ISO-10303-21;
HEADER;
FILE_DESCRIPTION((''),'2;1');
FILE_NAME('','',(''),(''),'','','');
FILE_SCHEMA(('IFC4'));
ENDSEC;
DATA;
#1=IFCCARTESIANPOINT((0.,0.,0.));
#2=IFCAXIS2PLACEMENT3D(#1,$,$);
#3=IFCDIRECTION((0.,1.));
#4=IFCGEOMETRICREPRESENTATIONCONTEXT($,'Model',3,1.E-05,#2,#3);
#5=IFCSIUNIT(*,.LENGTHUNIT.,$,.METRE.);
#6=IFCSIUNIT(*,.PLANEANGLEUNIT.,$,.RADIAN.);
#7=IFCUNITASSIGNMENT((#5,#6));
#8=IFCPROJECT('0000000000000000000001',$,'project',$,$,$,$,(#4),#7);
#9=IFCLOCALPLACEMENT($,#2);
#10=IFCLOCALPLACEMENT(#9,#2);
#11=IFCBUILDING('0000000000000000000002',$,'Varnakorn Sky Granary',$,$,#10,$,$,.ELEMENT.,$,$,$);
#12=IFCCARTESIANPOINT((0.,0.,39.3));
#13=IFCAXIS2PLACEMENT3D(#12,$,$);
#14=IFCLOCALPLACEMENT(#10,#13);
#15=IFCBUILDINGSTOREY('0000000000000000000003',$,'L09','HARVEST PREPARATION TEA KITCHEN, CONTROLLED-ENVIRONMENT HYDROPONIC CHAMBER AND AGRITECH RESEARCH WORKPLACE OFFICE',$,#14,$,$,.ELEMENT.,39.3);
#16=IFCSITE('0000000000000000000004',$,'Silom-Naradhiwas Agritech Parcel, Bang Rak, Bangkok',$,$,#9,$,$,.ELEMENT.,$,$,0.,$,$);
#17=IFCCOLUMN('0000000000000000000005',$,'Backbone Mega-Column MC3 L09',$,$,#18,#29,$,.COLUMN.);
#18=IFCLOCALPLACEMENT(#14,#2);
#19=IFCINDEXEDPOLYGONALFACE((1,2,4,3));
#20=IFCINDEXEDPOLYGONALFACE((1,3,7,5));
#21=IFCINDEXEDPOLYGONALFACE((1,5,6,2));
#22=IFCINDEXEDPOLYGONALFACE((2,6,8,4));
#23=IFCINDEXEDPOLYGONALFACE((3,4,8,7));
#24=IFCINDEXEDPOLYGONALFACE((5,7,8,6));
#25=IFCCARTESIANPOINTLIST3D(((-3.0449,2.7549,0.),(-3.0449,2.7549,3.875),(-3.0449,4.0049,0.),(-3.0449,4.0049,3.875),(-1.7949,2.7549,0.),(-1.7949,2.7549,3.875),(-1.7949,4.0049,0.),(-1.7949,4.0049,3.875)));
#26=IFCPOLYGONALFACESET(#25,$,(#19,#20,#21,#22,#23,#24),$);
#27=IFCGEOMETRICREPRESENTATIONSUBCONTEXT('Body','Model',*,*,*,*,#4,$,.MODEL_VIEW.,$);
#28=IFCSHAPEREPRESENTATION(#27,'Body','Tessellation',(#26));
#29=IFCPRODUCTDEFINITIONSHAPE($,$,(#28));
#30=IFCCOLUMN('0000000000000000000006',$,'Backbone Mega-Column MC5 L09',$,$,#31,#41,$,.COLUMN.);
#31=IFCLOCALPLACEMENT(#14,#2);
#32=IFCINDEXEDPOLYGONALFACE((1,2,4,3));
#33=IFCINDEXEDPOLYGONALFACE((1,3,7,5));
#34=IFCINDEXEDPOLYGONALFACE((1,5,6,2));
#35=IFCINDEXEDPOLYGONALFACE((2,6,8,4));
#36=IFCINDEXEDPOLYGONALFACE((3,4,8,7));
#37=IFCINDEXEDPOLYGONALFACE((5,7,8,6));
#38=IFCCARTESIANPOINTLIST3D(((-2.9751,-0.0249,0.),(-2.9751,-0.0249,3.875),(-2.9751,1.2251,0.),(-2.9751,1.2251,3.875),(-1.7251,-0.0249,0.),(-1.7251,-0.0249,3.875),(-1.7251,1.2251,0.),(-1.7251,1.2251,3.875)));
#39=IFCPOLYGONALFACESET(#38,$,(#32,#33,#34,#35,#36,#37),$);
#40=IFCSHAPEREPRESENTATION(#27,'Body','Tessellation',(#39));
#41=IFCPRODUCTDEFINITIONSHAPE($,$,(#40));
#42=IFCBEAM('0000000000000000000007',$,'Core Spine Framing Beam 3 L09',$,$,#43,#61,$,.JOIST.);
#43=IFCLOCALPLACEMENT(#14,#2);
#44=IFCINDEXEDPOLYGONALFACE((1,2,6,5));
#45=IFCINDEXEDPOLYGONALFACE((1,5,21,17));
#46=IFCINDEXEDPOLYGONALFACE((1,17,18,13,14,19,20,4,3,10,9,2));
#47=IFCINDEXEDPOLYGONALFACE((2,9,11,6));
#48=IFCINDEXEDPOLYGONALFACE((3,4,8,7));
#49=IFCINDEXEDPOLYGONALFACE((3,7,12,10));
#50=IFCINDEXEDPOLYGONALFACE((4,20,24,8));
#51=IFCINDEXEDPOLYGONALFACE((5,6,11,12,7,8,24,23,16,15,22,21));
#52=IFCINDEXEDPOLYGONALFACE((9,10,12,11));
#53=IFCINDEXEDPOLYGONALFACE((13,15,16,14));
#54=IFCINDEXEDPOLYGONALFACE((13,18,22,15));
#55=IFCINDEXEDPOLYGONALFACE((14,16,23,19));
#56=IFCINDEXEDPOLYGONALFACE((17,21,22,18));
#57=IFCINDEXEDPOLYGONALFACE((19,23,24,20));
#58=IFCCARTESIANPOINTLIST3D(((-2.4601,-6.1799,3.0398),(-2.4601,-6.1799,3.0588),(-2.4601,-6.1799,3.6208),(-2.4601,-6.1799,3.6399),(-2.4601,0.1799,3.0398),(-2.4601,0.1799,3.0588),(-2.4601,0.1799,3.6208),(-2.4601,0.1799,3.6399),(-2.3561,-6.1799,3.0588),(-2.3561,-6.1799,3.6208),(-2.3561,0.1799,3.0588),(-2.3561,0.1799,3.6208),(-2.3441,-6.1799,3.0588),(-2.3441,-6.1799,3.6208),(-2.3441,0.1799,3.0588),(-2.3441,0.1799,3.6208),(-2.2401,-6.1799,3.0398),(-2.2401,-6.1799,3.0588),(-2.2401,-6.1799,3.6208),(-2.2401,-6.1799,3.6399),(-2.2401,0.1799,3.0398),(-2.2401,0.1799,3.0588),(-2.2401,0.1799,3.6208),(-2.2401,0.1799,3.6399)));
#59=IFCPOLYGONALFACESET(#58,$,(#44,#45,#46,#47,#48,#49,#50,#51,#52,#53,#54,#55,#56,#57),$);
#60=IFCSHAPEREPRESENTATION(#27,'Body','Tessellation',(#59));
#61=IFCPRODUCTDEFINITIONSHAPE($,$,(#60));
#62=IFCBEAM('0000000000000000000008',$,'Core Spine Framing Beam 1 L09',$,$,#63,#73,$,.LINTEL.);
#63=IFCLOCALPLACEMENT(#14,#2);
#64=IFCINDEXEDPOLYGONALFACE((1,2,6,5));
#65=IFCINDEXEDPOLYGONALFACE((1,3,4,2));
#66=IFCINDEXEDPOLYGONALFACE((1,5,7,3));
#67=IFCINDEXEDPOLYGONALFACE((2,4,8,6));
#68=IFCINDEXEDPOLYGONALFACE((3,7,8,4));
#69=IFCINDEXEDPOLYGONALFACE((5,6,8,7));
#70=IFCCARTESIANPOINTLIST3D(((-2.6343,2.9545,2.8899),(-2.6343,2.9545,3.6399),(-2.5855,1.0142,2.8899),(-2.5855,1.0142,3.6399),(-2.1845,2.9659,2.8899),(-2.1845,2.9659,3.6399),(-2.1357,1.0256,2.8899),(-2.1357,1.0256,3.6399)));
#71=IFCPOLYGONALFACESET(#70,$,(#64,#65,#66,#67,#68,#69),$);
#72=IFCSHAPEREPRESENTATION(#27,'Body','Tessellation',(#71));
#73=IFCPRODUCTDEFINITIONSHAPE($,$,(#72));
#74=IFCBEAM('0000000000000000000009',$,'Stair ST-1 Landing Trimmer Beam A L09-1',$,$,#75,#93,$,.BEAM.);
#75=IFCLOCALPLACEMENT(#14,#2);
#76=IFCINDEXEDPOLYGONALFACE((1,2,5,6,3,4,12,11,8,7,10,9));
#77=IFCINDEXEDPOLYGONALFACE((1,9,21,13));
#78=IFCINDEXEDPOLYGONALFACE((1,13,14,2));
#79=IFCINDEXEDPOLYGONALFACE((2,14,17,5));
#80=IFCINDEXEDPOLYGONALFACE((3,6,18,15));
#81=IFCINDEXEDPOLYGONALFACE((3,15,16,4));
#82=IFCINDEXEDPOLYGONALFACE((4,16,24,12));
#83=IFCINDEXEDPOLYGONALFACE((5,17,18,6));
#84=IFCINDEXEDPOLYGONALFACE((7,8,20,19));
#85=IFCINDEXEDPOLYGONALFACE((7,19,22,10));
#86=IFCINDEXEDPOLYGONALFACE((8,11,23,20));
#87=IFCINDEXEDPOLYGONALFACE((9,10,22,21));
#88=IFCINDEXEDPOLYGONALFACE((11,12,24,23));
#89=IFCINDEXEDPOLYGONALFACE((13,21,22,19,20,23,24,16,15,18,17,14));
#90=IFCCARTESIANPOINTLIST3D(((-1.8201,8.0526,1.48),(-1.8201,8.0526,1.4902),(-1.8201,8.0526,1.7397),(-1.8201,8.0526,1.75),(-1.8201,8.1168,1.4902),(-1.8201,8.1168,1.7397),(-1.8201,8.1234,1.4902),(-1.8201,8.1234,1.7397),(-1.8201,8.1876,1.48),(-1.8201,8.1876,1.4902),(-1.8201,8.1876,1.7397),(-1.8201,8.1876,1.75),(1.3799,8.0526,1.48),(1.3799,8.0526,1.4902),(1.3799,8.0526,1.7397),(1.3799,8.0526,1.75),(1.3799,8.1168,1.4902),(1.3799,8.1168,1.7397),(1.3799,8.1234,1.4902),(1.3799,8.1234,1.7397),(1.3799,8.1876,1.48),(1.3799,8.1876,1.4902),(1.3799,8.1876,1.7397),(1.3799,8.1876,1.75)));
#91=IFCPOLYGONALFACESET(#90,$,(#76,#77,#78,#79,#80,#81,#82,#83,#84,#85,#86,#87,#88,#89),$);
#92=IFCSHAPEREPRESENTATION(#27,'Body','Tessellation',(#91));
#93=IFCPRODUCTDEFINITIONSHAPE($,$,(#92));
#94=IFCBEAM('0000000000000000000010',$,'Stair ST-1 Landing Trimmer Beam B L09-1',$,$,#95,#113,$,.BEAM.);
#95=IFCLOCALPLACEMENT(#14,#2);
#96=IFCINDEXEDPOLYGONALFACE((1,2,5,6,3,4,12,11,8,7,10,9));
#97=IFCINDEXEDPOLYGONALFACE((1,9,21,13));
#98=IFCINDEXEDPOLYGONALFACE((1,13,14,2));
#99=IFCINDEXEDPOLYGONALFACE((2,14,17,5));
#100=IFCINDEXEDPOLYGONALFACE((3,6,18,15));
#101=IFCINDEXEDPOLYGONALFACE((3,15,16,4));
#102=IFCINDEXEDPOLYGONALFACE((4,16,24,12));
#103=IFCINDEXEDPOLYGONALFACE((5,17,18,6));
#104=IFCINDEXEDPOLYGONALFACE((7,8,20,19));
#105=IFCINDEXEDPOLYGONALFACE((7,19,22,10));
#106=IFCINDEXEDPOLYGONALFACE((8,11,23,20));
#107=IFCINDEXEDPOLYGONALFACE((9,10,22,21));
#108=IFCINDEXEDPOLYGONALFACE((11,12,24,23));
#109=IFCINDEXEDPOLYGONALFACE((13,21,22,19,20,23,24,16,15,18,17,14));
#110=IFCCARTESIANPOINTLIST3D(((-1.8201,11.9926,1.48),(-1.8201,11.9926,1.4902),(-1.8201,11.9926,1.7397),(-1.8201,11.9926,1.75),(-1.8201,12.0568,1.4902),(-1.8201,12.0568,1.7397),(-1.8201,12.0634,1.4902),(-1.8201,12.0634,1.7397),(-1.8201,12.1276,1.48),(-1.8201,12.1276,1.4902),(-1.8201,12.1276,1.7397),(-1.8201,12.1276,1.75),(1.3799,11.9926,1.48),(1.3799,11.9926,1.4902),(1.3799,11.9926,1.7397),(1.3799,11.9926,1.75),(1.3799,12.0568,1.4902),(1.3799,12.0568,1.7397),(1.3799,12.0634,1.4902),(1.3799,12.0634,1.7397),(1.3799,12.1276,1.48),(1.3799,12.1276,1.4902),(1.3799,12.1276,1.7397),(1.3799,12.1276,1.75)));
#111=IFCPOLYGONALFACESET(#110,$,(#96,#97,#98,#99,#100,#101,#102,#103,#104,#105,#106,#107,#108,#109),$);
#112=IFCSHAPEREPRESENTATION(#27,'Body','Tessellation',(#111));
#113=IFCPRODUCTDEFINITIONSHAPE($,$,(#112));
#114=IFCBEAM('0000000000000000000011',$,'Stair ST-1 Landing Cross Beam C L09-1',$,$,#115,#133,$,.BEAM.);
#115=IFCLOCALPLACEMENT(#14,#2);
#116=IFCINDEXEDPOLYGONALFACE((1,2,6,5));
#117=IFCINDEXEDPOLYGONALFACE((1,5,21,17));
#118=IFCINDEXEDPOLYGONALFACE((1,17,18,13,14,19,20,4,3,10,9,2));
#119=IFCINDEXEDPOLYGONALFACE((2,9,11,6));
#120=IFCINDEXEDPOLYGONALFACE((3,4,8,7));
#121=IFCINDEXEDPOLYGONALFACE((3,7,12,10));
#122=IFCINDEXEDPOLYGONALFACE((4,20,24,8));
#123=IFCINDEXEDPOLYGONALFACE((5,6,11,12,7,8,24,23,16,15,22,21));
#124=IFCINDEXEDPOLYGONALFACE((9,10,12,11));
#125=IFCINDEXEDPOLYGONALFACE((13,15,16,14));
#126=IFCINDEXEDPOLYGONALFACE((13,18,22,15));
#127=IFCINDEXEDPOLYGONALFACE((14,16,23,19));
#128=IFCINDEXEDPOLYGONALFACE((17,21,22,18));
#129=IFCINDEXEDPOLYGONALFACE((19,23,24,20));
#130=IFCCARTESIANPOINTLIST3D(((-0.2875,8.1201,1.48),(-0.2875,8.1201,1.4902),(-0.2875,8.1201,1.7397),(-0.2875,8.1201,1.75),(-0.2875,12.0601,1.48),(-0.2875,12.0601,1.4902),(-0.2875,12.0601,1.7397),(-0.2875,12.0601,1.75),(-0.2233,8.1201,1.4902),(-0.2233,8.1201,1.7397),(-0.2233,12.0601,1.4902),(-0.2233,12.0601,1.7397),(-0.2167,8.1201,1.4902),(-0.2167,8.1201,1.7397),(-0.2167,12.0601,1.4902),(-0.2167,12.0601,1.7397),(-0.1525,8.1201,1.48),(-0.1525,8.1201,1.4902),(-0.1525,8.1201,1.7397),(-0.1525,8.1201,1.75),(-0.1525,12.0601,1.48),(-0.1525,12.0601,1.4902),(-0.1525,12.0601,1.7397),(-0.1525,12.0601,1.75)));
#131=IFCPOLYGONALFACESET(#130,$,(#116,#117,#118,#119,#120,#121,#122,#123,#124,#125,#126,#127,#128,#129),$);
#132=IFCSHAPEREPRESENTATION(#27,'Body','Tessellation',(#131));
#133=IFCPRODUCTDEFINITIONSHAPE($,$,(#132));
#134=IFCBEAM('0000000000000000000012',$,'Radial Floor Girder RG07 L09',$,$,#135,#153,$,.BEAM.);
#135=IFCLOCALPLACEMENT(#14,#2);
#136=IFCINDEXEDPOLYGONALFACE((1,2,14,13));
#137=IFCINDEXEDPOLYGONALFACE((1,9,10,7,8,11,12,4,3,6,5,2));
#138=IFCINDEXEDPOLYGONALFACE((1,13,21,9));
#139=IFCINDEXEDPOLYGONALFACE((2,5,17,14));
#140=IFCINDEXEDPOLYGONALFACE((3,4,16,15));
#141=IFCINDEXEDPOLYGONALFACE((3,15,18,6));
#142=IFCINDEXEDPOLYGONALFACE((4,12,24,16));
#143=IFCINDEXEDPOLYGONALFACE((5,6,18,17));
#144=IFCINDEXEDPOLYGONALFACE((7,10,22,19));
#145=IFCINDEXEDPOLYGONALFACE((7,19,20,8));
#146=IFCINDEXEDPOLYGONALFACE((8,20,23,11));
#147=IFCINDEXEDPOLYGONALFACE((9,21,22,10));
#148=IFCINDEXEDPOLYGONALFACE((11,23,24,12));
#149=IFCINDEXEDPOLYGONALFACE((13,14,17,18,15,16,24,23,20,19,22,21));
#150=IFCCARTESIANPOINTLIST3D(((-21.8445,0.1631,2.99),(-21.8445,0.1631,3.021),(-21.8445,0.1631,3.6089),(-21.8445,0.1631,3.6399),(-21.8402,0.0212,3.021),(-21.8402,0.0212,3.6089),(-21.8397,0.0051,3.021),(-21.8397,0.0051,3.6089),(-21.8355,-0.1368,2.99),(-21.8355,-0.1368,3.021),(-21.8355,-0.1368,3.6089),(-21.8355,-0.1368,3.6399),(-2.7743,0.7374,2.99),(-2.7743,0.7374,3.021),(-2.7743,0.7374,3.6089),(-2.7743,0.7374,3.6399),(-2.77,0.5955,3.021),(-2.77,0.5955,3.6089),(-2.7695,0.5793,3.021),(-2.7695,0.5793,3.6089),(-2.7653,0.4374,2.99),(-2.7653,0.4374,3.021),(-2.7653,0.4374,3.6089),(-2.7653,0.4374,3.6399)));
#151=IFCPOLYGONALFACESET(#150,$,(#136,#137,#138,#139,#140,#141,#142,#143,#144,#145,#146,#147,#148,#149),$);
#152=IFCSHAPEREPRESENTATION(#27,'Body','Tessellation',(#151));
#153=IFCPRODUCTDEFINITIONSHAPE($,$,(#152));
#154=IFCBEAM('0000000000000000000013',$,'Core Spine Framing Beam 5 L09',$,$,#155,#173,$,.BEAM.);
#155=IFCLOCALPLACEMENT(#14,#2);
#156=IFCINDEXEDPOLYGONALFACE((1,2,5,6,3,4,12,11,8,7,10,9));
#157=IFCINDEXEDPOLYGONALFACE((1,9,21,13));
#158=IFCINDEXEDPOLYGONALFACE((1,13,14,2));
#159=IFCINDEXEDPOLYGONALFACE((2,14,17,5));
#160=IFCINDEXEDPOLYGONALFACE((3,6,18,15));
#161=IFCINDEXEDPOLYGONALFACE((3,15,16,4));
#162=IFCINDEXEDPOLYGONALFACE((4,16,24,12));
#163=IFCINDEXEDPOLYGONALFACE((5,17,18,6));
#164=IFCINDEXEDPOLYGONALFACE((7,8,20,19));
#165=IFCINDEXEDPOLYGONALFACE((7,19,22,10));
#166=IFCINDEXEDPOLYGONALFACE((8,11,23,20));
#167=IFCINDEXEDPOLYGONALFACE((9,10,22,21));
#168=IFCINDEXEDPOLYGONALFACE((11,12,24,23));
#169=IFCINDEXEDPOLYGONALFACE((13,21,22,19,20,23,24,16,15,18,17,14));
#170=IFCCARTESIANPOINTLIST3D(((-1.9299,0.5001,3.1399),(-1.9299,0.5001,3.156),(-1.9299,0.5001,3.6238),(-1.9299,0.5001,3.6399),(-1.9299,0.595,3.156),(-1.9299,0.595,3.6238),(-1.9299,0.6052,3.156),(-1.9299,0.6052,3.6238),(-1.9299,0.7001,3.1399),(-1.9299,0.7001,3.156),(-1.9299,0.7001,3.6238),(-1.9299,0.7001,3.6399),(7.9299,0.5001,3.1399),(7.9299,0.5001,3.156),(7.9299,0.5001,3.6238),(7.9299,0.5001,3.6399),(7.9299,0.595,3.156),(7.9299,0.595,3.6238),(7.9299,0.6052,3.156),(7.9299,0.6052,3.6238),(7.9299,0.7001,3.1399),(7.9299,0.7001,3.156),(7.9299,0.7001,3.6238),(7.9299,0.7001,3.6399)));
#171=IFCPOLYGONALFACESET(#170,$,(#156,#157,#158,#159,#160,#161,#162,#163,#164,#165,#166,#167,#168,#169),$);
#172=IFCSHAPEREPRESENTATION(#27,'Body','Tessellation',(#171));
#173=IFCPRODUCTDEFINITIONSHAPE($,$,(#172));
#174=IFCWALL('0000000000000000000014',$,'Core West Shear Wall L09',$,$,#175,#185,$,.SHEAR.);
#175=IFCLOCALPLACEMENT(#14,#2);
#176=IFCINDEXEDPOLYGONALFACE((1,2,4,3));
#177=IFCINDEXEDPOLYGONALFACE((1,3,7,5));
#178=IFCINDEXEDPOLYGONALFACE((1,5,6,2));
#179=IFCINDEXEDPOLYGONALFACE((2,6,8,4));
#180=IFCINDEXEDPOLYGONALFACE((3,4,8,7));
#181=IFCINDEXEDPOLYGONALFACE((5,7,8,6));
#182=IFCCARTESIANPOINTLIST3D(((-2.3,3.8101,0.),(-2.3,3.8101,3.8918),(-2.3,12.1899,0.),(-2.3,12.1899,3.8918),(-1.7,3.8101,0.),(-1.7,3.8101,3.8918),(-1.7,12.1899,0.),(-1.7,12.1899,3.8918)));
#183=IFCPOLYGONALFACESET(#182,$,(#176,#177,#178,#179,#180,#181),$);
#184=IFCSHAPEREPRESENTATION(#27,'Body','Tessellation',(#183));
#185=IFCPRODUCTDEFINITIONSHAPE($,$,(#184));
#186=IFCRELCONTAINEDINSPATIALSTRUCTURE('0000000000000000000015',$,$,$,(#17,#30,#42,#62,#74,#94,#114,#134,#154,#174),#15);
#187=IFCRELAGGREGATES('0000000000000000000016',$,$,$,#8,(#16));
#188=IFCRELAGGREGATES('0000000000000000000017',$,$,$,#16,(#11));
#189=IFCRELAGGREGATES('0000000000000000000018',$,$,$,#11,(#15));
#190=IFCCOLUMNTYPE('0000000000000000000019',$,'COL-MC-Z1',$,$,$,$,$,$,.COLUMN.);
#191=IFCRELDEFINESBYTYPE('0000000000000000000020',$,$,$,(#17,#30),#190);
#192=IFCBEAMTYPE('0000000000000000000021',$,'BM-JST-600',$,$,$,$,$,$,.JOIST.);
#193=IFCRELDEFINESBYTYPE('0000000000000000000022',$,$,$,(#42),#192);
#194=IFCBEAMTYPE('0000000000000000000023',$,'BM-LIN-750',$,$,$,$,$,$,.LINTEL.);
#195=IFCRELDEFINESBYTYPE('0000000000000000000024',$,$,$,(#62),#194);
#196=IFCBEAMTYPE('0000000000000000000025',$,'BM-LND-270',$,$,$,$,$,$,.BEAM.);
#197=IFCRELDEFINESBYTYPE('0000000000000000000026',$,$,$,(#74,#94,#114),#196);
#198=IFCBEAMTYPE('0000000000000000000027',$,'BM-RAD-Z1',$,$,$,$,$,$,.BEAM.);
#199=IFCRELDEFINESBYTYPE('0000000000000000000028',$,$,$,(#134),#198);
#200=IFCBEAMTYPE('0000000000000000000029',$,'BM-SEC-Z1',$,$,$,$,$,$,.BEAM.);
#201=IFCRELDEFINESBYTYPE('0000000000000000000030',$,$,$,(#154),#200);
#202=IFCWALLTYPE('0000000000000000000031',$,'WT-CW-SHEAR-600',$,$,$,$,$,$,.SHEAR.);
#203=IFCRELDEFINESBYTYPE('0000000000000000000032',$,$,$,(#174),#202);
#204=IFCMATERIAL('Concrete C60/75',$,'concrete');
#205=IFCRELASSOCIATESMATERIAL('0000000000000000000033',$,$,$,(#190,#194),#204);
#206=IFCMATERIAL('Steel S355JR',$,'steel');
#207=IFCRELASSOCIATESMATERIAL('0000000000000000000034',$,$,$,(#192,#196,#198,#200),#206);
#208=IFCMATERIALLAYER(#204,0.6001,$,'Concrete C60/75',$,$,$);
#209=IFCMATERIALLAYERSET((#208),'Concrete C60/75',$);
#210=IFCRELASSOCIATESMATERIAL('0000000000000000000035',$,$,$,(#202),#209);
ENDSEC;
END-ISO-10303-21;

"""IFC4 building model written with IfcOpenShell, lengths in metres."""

from ifc_helpers import new_model, si_unit, direction, frame, frame_2d, origin, origin_2d, place, context, subcontext, project, spatial, rectangle, i_section, extrude, material, layer, layer_set, material_profile, profile_set, type_object, element, save


model = new_model("IFC4")

# Units and contexts
model_context = context("Model", 3, precision=1e-05, world=origin(), true_north=direction((0.0, 1.0)))
body_context = subcontext(model_context, "Body", "Model", "MODEL_VIEW")
ifc_project = project(units=[si_unit("LENGTHUNIT", "METRE"), si_unit("PLANEANGLEUNIT", "RADIAN")], contexts=[model_context])

# Site, building, storey
site_placement = place(None, origin())
site = spatial("IfcSite", under=ifc_project, at=site_placement, Name="Silom-Naradhiwas Agritech Parcel, Bang Rak, Bangkok", CompositionType="ELEMENT", RefElevation=0.0)
building_placement = place(site_placement, origin())
building = spatial("IfcBuilding", under=site, at=building_placement, Name="Varnakorn Sky Granary", CompositionType="ELEMENT")
storey_placement = place(building_placement, frame((0.0, 0.0, 39.3)))
storey = spatial("IfcBuildingStorey", under=building, at=storey_placement, Name="L09", Description="HARVEST PREPARATION TEA KITCHEN, CONTROLLED-ENVIRONMENT HYDROPONIC CHAMBER AND AGRITECH RESEARCH WORKPLACE OFFICE", CompositionType="ELEMENT", Elevation=39.3)

# Columns
ifc_material_1 = material(Name="Concrete C60/75", Category="concrete")
ifc_material_profile_1 = material_profile(ifc_material_1, rectangle(XDim=1.25, YDim=1.25, at=origin_2d()), Name="RC 1250x1250")
ifc_profile_set_1 = profile_set([ifc_material_profile_1], Name="Concrete C60/75")
column_type = type_object("IfcColumnType", Name="COL-MC-Z1", PredefinedType="COLUMN", material=ifc_profile_set_1)
for number, where, z_axis, x_axis, name in (
    (1, (-2.4199, 3.3799, 0.0), (0.0, 0.0, 1.0), (1.0, 0.0, 0.0), "Backbone Mega-Column MC3 L09"),
    (2, (-2.3501, 0.6001, 0.0), (0.0, 0.0, 1.0), (1.0, 0.0, 0.0), "Backbone Mega-Column MC5 L09"),
):
    element("IfcColumn", number, at=place(storey_placement, frame(where, z_axis=z_axis, x_axis=x_axis)), inside=storey, type_object=column_type, Name=name, PredefinedType="COLUMN", context=body_context, shape_type="SweptSolid", body=[
        extrude(rectangle(XDim=1.25, YDim=1.25, at=origin_2d()), origin(), (0.0, 0.0, 1.0), 3.875),
    ])

# Beams
ifc_material_2 = material(Name="Steel S355JR", Category="steel")
ifc_material_profile_2 = material_profile(ifc_material_2, i_section(OverallWidth=0.22, OverallDepth=0.6001, WebThickness=0.012, FlangeThickness=0.019, at=origin_2d()), Name="IPE 600")
ifc_profile_set_2 = profile_set([ifc_material_profile_2], Name="Steel S355JR")
beam_type_1 = type_object("IfcBeamType", Name="BM-JST-600", PredefinedType="JOIST", material=ifc_profile_set_2)
beam_1_placement = place(storey_placement, frame((-2.3501, 0.1799, 3.3398), z_axis=(0.0, -1.0, 0.0), x_axis=(1.0, 0.0, 0.0)))
element("IfcBeam", 3, at=beam_1_placement, inside=storey, type_object=beam_type_1, Name="Core Spine Framing Beam 3 L09", PredefinedType="JOIST", context=body_context, shape_type="SweptSolid", body=[
    extrude(i_section(OverallWidth=0.22, OverallDepth=0.6001, WebThickness=0.012, FlangeThickness=0.019, at=origin_2d()), origin(), (0.0, 0.0, 1.0), 6.3599),
])
ifc_material_profile_3 = material_profile(ifc_material_1, rectangle(XDim=0.45, YDim=0.75, at=origin_2d()), Name="RC 450x750")
ifc_profile_set_3 = profile_set([ifc_material_profile_3], Name="Concrete C60/75")
beam_type_2 = type_object("IfcBeamType", Name="BM-LIN-750", PredefinedType="LINTEL", material=ifc_profile_set_3)
beam_2_placement = place(storey_placement, frame((-2.4094, 2.9602, 3.2649), z_axis=(0.025159, -0.999683, 0.0), x_axis=(0.999683, 0.025159, 0.0)))
element("IfcBeam", 4, at=beam_2_placement, inside=storey, type_object=beam_type_2, Name="Core Spine Framing Beam 1 L09", PredefinedType="LINTEL", context=body_context, shape_type="SweptSolid", body=[
    extrude(rectangle(XDim=0.45, YDim=0.75, at=origin_2d()), origin(), (0.0, 0.0, 1.0), 1.9409),
])
ifc_material_profile_4 = material_profile(ifc_material_2, i_section(OverallWidth=0.135, OverallDepth=0.27, WebThickness=0.0066, FlangeThickness=0.0103, at=origin_2d()), Name="IPE 270")
ifc_profile_set_4 = profile_set([ifc_material_profile_4], Name="Steel S355JR")
beam_type_3 = type_object("IfcBeamType", Name="BM-LND-270", PredefinedType="BEAM", material=ifc_profile_set_4)
for number, where, z_axis, x_axis, name in (
    (5, (-1.8201, 8.1201, 1.615), (1.0, 0.0, 0.0), (0.0, 1.0, 0.0), "Stair ST-1 Landing Trimmer Beam A L09-1"),
    (6, (-1.8201, 12.0601, 1.615), (1.0, 0.0, 0.0), (0.0, 1.0, 0.0), "Stair ST-1 Landing Trimmer Beam B L09-1"),
):
    element("IfcBeam", number, at=place(storey_placement, frame(where, z_axis=z_axis, x_axis=x_axis)), inside=storey, type_object=beam_type_3, Name=name, PredefinedType="BEAM", context=body_context, shape_type="SweptSolid", body=[
        extrude(i_section(OverallWidth=0.135, OverallDepth=0.27, WebThickness=0.0066, FlangeThickness=0.0103, at=origin_2d()), origin(), (0.0, 0.0, 1.0), 3.2),
    ])
beam_3_placement = place(storey_placement, frame((-0.22, 8.1201, 1.615), z_axis=(0.0, 1.0, 0.0), x_axis=(-1.0, 0.0, 0.0)))
element("IfcBeam", 7, at=beam_3_placement, inside=storey, type_object=beam_type_3, Name="Stair ST-1 Landing Cross Beam C L09-1", PredefinedType="BEAM", context=body_context, shape_type="SweptSolid", body=[
    extrude(i_section(OverallWidth=0.135, OverallDepth=0.27, WebThickness=0.0066, FlangeThickness=0.0103, at=origin_2d()), origin(), (0.0, 0.0, 1.0), 3.9399),
])
ifc_material_profile_5 = material_profile(ifc_material_2, i_section(OverallWidth=0.3, OverallDepth=0.6499, WebThickness=0.0161, FlangeThickness=0.031, at=origin_2d()), Name="HE 650 B")
ifc_profile_set_5 = profile_set([ifc_material_profile_5], Name="Steel S355JR")
beam_type_4 = type_object("IfcBeamType", Name="BM-RAD-Z1", PredefinedType="BEAM", material=ifc_profile_set_5)
beam_4_placement = place(storey_placement, frame((-2.7698, 0.5874, 3.3149), z_axis=(-0.999547, -0.030097, 0.0), x_axis=(0.030097, -0.999547, 0.0)))
element("IfcBeam", 8, at=beam_4_placement, inside=storey, type_object=beam_type_4, Name="Radial Floor Girder RG07 L09", PredefinedType="BEAM", context=body_context, shape_type="SweptSolid", body=[
    extrude(i_section(OverallWidth=0.3, OverallDepth=0.6499, WebThickness=0.0161, FlangeThickness=0.031, at=origin_2d()), origin(), (0.0, 0.0, 1.0), 19.0789),
])
ifc_material_profile_6 = material_profile(ifc_material_2, i_section(OverallWidth=0.2, OverallDepth=0.5, WebThickness=0.0103, FlangeThickness=0.0161, at=origin_2d()), Name="IPE 500")
ifc_profile_set_6 = profile_set([ifc_material_profile_6], Name="Steel S355JR")
beam_type_5 = type_object("IfcBeamType", Name="BM-SEC-Z1", PredefinedType="BEAM", material=ifc_profile_set_6)
beam_5_placement = place(storey_placement, frame((-1.9299, 0.6001, 3.3899), z_axis=(1.0, 0.0, 0.0), x_axis=(0.0, 1.0, 0.0)))
element("IfcBeam", 9, at=beam_5_placement, inside=storey, type_object=beam_type_5, Name="Core Spine Framing Beam 5 L09", PredefinedType="BEAM", context=body_context, shape_type="SweptSolid", body=[
    extrude(i_section(OverallWidth=0.2, OverallDepth=0.5, WebThickness=0.0103, FlangeThickness=0.0161, at=origin_2d()), origin(), (0.0, 0.0, 1.0), 9.8599),
])

# Shared definitions
ifc_layer_1 = layer(ifc_material_1, 0.6001, Name="Concrete C60/75")
ifc_layer_set_1 = layer_set([ifc_layer_1], Name="Concrete C60/75")
wall_type_1 = type_object("IfcWallType", Name="WT-CW-SHEAR-600", PredefinedType="SHEAR", material=ifc_layer_set_1)

# Wall
wall_1_placement = place(storey_placement, frame((-2.0, 3.8101, 0.0), z_axis=(0.0, 0.0, 1.0), x_axis=(0.0, 1.0, 0.0)))
element("IfcWall", 10, at=wall_1_placement, inside=storey, type_object=wall_type_1, Name="Core West Shear Wall L09", PredefinedType="SHEAR", context=body_context, shape_type="SweptSolid", body=[
    extrude(rectangle(XDim=8.3799, YDim=0.6001, at=frame_2d((4.1899, 0.0))), origin(), (0.0, 0.0, 1.0), 3.8918),
])

save(model, "model.ifc")
